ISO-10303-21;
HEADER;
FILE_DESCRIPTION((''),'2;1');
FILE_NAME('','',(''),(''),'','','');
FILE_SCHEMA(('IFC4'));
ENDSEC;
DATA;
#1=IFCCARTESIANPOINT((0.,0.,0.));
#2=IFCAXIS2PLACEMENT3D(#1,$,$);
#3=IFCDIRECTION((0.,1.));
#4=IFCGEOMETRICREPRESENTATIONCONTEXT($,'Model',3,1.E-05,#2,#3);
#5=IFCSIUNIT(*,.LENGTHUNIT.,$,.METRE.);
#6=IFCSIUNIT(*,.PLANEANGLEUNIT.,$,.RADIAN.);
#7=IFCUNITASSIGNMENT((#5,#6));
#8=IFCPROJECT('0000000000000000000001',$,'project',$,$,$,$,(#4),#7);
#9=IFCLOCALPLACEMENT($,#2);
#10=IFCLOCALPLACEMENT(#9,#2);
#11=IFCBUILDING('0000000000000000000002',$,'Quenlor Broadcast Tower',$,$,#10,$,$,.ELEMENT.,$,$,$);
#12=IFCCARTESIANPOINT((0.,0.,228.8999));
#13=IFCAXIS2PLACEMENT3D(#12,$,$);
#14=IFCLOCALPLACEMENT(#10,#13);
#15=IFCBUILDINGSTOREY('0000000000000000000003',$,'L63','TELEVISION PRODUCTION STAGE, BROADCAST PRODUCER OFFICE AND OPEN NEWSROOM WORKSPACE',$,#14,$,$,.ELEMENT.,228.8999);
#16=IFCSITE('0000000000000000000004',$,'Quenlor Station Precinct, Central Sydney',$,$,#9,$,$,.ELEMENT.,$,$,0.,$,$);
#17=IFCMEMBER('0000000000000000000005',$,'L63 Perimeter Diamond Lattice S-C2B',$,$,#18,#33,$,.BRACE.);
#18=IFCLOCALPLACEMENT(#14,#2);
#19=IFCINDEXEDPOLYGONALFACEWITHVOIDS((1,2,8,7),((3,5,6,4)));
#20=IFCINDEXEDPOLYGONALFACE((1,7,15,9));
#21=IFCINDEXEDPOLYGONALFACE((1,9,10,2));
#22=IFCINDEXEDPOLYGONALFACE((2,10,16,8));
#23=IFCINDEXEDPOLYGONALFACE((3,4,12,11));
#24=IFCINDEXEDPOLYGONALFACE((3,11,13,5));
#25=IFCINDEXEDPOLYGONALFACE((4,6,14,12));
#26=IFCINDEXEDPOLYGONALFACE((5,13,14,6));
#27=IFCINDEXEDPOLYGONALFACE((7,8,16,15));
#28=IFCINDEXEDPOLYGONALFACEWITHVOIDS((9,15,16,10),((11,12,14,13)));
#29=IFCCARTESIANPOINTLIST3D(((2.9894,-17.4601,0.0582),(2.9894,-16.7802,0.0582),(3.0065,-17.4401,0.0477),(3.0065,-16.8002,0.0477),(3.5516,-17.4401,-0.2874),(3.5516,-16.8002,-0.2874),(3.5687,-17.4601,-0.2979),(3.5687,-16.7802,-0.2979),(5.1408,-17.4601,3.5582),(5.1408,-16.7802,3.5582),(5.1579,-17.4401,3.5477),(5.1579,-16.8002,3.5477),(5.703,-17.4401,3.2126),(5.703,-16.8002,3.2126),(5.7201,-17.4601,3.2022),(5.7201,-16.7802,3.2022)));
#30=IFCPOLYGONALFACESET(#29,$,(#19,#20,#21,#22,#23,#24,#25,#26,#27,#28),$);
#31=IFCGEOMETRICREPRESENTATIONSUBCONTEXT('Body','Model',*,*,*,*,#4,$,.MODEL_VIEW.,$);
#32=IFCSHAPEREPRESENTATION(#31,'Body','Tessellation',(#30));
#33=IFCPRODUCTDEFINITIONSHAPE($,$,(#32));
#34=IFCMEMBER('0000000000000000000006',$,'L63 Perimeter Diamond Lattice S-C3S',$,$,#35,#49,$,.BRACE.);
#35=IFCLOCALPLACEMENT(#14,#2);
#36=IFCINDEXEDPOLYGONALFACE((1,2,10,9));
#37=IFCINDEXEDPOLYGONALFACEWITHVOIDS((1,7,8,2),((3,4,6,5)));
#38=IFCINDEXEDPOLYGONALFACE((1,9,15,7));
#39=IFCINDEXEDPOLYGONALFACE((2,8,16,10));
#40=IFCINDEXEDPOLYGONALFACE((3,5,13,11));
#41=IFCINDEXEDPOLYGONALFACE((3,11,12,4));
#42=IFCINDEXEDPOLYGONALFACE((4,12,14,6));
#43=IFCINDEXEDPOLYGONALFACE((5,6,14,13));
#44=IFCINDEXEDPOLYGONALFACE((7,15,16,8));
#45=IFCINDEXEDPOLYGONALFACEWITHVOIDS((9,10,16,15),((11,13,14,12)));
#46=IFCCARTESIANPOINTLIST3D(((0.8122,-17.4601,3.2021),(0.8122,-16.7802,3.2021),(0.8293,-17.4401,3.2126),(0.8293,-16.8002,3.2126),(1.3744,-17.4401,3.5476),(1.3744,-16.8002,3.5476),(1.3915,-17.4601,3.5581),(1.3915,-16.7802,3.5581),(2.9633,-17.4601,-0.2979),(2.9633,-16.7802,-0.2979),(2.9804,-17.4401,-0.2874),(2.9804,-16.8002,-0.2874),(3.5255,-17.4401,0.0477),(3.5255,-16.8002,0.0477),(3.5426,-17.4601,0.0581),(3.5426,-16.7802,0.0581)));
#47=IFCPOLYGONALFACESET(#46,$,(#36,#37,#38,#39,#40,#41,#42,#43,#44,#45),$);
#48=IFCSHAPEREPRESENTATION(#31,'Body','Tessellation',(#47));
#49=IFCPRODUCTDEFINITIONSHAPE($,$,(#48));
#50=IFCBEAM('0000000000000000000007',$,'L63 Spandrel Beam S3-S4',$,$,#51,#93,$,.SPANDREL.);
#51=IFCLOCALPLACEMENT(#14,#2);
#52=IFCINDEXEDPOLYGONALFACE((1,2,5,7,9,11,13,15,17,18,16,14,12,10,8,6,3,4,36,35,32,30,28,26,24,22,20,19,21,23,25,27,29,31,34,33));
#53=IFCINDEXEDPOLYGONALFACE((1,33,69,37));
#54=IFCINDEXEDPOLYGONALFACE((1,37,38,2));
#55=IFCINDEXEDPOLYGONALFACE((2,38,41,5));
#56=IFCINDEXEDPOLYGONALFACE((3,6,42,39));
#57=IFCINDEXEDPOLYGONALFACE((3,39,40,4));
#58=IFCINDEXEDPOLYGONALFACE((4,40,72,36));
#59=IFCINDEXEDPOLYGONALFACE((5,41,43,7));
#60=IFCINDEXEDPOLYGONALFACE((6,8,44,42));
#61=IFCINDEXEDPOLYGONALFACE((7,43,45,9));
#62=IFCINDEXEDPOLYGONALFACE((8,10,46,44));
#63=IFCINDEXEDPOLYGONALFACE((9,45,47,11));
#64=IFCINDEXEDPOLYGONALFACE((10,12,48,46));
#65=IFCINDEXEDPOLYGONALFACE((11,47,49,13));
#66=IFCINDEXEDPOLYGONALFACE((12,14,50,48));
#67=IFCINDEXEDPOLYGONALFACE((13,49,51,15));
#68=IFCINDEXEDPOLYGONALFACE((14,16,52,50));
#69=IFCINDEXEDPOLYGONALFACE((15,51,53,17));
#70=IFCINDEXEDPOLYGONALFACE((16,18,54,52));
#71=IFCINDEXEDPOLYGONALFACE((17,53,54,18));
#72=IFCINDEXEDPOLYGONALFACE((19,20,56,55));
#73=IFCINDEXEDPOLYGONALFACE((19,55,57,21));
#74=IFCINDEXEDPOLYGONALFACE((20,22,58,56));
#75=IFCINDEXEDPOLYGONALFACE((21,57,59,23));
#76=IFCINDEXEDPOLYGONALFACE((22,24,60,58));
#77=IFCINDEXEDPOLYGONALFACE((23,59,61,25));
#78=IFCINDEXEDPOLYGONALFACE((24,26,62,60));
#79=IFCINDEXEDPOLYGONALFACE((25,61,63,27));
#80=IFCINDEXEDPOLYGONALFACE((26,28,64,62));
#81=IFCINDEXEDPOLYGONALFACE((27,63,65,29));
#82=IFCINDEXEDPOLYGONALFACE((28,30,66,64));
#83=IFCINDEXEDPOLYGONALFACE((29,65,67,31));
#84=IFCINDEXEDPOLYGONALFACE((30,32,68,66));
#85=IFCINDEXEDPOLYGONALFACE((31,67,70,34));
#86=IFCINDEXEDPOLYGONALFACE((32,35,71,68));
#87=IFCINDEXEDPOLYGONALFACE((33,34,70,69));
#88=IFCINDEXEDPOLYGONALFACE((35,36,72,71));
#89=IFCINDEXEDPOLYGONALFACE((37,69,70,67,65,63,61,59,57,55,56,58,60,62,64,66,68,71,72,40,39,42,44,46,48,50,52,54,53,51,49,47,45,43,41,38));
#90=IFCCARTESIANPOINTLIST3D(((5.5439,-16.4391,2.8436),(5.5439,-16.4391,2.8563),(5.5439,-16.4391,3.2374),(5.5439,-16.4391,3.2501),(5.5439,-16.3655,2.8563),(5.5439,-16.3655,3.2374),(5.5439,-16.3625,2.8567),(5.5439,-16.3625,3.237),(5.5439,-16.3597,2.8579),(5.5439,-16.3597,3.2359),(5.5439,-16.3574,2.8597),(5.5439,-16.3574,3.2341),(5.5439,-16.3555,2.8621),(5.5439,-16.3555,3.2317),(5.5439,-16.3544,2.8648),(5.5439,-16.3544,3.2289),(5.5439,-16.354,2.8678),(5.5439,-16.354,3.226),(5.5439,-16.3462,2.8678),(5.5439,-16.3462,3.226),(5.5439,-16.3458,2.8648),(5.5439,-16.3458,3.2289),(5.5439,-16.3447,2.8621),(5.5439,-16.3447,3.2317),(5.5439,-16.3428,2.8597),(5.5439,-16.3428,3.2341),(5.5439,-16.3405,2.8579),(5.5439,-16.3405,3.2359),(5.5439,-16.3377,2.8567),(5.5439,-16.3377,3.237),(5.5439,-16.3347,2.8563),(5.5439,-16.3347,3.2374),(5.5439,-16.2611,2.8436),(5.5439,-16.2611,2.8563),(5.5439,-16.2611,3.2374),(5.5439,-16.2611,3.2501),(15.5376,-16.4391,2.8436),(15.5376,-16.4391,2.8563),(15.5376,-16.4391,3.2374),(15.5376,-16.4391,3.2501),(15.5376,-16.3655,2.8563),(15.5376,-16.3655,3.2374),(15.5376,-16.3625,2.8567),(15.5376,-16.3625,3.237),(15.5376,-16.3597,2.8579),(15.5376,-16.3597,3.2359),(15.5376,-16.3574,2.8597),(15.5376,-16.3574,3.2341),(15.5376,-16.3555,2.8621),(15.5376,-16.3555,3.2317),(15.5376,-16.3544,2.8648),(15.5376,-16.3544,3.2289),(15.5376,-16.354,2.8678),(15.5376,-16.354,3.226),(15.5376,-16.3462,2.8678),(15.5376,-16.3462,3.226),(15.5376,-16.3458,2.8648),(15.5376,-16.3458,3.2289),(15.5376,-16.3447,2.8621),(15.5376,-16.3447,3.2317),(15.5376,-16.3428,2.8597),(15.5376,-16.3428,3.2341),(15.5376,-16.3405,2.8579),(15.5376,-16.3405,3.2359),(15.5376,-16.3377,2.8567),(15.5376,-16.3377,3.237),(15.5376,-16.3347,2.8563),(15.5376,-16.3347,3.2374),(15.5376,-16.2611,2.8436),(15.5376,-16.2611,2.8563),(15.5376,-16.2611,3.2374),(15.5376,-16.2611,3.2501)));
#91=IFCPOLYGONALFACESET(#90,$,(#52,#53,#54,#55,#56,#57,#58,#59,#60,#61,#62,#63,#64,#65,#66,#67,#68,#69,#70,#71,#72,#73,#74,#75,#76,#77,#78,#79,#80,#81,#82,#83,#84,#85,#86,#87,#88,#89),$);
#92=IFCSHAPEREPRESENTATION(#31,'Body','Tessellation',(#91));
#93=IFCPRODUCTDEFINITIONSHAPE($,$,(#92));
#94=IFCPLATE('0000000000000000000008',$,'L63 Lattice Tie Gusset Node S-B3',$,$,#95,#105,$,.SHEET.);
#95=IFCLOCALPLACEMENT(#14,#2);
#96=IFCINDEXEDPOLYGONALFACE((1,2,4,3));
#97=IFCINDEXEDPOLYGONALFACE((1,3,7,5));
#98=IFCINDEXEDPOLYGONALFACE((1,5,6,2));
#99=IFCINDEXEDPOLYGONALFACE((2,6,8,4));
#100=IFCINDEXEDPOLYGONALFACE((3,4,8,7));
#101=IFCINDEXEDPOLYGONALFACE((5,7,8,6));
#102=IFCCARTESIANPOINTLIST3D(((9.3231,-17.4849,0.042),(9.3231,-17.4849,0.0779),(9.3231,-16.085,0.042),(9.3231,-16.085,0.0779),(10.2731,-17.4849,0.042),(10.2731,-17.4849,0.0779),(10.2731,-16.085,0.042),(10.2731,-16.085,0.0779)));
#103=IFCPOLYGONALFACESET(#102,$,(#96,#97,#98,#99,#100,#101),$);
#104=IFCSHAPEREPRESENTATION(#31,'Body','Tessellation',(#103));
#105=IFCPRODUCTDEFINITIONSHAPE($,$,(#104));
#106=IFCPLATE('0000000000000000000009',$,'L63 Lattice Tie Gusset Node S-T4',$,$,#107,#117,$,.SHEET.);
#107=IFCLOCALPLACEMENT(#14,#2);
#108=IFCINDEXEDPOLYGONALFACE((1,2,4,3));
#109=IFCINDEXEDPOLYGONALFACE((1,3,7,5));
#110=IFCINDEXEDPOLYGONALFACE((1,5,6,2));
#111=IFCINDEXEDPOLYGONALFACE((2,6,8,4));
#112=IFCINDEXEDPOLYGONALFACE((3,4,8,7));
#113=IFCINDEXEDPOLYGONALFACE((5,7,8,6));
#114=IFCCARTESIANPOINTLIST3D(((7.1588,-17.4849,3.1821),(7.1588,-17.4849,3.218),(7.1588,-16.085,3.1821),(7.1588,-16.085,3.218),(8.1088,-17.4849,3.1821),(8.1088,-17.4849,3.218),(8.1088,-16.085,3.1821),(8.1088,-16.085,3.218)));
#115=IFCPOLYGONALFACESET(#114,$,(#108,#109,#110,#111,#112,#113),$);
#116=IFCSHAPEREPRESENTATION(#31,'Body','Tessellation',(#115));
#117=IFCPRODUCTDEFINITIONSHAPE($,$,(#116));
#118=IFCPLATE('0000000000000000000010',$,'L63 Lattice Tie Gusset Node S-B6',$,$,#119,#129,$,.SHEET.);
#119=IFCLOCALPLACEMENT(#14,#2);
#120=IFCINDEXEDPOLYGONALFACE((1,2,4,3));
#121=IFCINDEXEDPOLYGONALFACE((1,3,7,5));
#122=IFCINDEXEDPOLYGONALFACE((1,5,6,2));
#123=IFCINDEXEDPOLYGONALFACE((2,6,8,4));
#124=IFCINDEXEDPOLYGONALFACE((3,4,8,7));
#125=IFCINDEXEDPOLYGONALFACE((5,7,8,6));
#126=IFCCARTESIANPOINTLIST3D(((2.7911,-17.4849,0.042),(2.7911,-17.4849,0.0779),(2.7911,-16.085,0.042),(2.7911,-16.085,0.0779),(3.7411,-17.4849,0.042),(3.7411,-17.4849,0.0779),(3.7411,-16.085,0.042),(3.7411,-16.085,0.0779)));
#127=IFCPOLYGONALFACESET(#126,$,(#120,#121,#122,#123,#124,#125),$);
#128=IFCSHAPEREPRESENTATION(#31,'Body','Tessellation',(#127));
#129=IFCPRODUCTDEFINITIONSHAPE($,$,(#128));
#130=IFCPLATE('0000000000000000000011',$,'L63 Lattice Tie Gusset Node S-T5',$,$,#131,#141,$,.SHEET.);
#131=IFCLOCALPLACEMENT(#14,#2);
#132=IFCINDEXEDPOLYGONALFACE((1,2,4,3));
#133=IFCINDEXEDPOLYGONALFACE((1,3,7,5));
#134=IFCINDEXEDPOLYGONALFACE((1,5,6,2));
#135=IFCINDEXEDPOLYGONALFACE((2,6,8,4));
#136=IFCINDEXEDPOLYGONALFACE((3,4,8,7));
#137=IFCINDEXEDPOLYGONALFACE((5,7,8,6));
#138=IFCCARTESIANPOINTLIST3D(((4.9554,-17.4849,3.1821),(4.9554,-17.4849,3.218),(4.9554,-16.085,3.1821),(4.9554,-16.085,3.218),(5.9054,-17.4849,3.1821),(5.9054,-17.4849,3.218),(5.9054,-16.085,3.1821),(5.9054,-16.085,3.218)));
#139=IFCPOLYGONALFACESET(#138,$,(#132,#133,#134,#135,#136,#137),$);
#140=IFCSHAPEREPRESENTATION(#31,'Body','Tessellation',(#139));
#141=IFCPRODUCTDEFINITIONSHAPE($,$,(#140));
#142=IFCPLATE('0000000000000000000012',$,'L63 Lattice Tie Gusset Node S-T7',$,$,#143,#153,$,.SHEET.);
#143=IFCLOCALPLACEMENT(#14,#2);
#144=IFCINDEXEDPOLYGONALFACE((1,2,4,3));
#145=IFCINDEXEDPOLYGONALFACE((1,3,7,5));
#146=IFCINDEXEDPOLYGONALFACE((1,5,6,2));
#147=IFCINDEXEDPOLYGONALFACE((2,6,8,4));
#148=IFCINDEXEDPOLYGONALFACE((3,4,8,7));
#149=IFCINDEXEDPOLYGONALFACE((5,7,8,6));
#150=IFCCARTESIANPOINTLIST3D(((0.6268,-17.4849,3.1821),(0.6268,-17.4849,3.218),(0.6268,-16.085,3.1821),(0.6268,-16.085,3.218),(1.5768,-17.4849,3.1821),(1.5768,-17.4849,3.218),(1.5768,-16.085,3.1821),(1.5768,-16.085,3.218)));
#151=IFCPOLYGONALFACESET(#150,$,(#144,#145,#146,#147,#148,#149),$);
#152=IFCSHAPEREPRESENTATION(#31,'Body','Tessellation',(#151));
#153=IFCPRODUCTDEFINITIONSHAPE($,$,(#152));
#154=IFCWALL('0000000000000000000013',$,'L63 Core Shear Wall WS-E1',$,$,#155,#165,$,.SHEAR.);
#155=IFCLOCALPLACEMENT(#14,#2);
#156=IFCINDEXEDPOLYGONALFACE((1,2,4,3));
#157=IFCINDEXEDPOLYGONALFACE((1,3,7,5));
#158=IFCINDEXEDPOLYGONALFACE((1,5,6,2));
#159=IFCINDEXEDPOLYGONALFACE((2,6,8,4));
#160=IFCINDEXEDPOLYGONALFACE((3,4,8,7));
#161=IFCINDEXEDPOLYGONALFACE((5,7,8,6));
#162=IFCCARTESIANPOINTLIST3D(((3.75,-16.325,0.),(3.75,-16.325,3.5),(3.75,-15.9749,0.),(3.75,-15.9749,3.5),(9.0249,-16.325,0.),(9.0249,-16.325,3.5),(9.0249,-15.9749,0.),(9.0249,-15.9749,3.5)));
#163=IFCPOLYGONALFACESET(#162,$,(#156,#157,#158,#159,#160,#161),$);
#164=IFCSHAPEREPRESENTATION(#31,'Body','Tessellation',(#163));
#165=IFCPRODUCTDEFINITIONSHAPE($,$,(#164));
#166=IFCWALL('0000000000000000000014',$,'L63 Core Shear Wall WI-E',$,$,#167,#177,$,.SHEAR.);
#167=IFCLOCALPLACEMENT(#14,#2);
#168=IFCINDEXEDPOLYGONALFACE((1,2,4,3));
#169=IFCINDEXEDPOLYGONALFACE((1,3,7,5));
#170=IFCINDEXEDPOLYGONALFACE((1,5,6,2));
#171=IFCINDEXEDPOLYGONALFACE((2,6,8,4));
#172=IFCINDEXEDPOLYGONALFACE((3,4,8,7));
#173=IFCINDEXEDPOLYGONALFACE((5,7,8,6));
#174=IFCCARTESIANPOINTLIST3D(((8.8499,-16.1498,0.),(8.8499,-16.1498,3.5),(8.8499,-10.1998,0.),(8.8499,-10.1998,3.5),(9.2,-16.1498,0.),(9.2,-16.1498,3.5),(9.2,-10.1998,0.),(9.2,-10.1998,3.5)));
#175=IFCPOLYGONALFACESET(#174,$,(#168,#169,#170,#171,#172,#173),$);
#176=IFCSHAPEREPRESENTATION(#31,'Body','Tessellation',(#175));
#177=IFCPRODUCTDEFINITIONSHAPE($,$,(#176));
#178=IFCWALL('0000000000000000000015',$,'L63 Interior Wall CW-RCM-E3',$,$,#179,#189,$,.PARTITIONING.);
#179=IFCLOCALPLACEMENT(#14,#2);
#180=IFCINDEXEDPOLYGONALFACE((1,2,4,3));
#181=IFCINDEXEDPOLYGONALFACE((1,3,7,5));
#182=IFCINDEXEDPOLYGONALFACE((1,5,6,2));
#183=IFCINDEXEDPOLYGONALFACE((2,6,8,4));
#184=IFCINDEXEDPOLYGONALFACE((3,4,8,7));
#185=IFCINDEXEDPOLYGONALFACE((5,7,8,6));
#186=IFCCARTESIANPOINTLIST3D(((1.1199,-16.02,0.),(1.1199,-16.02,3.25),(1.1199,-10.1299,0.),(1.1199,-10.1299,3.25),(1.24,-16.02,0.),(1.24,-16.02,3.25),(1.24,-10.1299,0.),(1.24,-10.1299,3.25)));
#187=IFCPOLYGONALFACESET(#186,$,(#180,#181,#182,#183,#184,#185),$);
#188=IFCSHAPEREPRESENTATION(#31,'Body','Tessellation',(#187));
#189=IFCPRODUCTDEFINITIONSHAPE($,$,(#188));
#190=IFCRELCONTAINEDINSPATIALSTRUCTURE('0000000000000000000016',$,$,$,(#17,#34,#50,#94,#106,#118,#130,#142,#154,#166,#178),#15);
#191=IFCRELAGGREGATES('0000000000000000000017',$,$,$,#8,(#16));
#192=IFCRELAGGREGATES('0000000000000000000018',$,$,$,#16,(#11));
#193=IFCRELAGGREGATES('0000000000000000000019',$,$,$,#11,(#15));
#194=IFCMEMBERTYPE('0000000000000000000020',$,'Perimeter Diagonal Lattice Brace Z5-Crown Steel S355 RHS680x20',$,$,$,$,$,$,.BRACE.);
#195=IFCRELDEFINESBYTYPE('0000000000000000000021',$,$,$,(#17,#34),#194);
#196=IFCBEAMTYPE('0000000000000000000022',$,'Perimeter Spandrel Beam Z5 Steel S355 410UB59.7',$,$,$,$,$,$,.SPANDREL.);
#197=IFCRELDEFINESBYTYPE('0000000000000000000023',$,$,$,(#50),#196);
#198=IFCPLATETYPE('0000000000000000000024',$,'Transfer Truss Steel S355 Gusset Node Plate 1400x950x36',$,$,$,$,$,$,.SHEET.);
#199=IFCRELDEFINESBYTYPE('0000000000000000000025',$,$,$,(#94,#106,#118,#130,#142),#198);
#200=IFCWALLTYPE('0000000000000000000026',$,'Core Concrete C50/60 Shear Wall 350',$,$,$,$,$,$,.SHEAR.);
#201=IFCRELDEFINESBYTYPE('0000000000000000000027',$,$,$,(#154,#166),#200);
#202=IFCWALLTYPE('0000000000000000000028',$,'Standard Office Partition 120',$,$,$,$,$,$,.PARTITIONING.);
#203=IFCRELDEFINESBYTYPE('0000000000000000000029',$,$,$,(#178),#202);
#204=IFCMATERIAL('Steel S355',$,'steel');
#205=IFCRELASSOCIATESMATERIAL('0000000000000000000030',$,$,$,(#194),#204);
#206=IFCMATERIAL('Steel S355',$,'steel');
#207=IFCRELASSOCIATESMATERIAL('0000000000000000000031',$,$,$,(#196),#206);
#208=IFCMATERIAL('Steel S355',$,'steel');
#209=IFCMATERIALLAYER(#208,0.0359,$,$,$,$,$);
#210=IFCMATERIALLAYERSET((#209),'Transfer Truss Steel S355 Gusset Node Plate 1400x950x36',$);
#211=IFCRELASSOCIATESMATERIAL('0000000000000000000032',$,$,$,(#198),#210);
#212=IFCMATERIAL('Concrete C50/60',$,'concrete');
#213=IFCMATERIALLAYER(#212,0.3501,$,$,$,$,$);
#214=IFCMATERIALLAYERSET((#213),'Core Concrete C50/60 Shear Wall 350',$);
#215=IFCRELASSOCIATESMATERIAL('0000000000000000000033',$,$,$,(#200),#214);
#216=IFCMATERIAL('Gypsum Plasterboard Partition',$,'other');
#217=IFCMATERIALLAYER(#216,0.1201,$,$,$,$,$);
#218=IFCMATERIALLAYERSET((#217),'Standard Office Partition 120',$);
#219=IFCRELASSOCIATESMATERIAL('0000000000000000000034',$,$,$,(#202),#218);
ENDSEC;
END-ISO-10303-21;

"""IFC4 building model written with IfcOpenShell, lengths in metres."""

from ifc_helpers import new_model, si_unit, direction, frame, frame_2d, origin, origin_2d, place, context, subcontext, project, spatial, rectangle, hollow_rectangle, i_section, extrude, material, layer, layer_set, material_profile, profile_set, type_object, element, save


model = new_model("IFC4")

# Units and contexts
model_context = context("Model", 3, precision=1e-05, world=origin(), true_north=direction((0.0, 1.0)))
body_context = subcontext(model_context, "Body", "Model", "MODEL_VIEW")
ifc_project = project(units=[si_unit("LENGTHUNIT", "METRE"), si_unit("PLANEANGLEUNIT", "RADIAN")], contexts=[model_context])

# Site, building, storey
site_placement = place(None, origin())
site = spatial("IfcSite", under=ifc_project, at=site_placement, Name="Quenlor Station Precinct, Central Sydney", CompositionType="ELEMENT", RefElevation=0.0)
building_placement = place(site_placement, origin())
building = spatial("IfcBuilding", under=site, at=building_placement, Name="Quenlor Broadcast Tower", CompositionType="ELEMENT")
storey_placement = place(building_placement, frame((0.0, 0.0, 228.8999)))
storey = spatial("IfcBuildingStorey", under=building, at=storey_placement, Name="L63", Description="TELEVISION PRODUCTION STAGE, BROADCAST PRODUCER OFFICE AND OPEN NEWSROOM WORKSPACE", CompositionType="ELEMENT", Elevation=228.8999)

# Members
ifc_material_1 = material(Name="Steel S355", Category="steel")
ifc_material_profile_1 = material_profile(ifc_material_1, hollow_rectangle(XDim=0.6799, YDim=0.6799, WallThickness=0.02, at=origin_2d()))
ifc_profile_set_1 = profile_set([ifc_material_profile_1], Name="Steel S355 RHS680x680x20")
member_type_1 = type_object("IfcMemberType", Name="Perimeter Diagonal Lattice Brace Z5-Crown Steel S355 RHS680x20", PredefinedType="BRACE", material=ifc_profile_set_1)
member_1_placement = place(storey_placement, frame((3.2791, -17.1201, -0.1199), z_axis=(0.52366, 0.0, 0.851928), x_axis=(0.0, 1.0, 0.0)))
element("IfcMember", 1, at=member_1_placement, inside=storey, type_object=member_type_1, Name="L63 Perimeter Diamond Lattice S-C2B", PredefinedType="BRACE", context=body_context, shape_type="SweptSolid", body=[
    extrude(hollow_rectangle(XDim=0.6799, YDim=0.6799, WallThickness=0.02, at=origin_2d()), origin(), (0.0, 0.0, 1.0), 4.1084),
])
member_2_placement = place(storey_placement, frame((3.2529, -17.1201, -0.1199), z_axis=(-0.523617, 0.0, 0.851954), x_axis=(0.0, -1.0, 0.0)))
element("IfcMember", 2, at=member_2_placement, inside=storey, type_object=member_type_1, Name="L63 Perimeter Diamond Lattice S-C3S", PredefinedType="BRACE", context=body_context, shape_type="SweptSolid", body=[
    extrude(hollow_rectangle(XDim=0.6799, YDim=0.6799, WallThickness=0.02, at=origin_2d()), origin(), (0.0, 0.0, 1.0), 4.1082),
])

# Beam
ifc_material_2 = material(Name="Steel S355", Category="steel")
ifc_material_profile_2 = material_profile(ifc_material_2, i_section(OverallWidth=0.178, OverallDepth=0.4065, WebThickness=0.0078, FlangeThickness=0.0127, FilletRadius=0.0115, at=origin_2d()))
ifc_profile_set_2 = profile_set([ifc_material_profile_2], Name="Steel S355 410UB59.7")
beam_type_1 = type_object("IfcBeamType", Name="Perimeter Spandrel Beam Z5 Steel S355 410UB59.7", PredefinedType="SPANDREL", material=ifc_profile_set_2)
beam_1_placement = place(storey_placement, frame((5.5439, -16.3501, 3.0469), z_axis=(1.0, 0.0, 0.0), x_axis=(0.0, 1.0, 0.0)))
element("IfcBeam", 3, at=beam_1_placement, inside=storey, type_object=beam_type_1, Name="L63 Spandrel Beam S3-S4", PredefinedType="SPANDREL", context=body_context, shape_type="SweptSolid", body=[
    extrude(i_section(OverallWidth=0.178, OverallDepth=0.4065, WebThickness=0.0078, FlangeThickness=0.0127, FilletRadius=0.0115, at=origin_2d()), origin(), (0.0, 0.0, 1.0), 9.9937),
])

# Plates
ifc_material_3 = material(Name="Steel S355", Category="steel")
ifc_layer_1 = layer(ifc_material_3, 0.0359)
ifc_layer_set_1 = layer_set([ifc_layer_1], Name="Transfer Truss Steel S355 Gusset Node Plate 1400x950x36")
plate_type = type_object("IfcPlateType", Name="Transfer Truss Steel S355 Gusset Node Plate 1400x950x36", PredefinedType="SHEET", material=ifc_layer_set_1)
for number, where, z_axis, x_axis, name in (
    (4, (9.7981, -16.7849, 0.042), (0.0, 0.0, 1.0), (0.0, -1.0, 0.0), "L63 Lattice Tie Gusset Node S-B3"),
    (5, (7.6338, -16.7849, 3.1821), (0.0, 0.0, 1.0), (0.0, -1.0, 0.0), "L63 Lattice Tie Gusset Node S-T4"),
    (6, (3.2661, -16.7849, 0.042), (0.0, 0.0, 1.0), (0.0, -1.0, 0.0), "L63 Lattice Tie Gusset Node S-B6"),
    (7, (5.4304, -16.7849, 3.1821), (0.0, 0.0, 1.0), (0.0, -1.0, 0.0), "L63 Lattice Tie Gusset Node S-T5"),
    (8, (1.1018, -16.7849, 3.1821), (0.0, 0.0, 1.0), (0.0, -1.0, 0.0), "L63 Lattice Tie Gusset Node S-T7"),
):
    element("IfcPlate", number, at=place(storey_placement, frame(where, z_axis=z_axis, x_axis=x_axis)), inside=storey, type_object=plate_type, Name=name, PredefinedType="SHEET", context=body_context, shape_type="SweptSolid", body=[
        extrude(rectangle(XDim=1.3999, YDim=0.95, at=origin_2d()), origin(), (0.0, 0.0, 1.0), 0.0359),
    ])

# Walls
ifc_material_4 = material(Name="Concrete C50/60", Category="concrete")
ifc_layer_2 = layer(ifc_material_4, 0.3501)
ifc_layer_set_2 = layer_set([ifc_layer_2], Name="Core Concrete C50/60 Shear Wall 350")
wall_type_1 = type_object("IfcWallType", Name="Core Concrete C50/60 Shear Wall 350", PredefinedType="SHEAR", material=ifc_layer_set_2)
wall_1_placement = place(storey_placement, frame((3.75, -16.1499, 0.0), z_axis=(0.0, 0.0, 1.0), x_axis=(1.0, 0.0, 0.0)))
element("IfcWall", 9, at=wall_1_placement, inside=storey, type_object=wall_type_1, Name="L63 Core Shear Wall WS-E1", PredefinedType="SHEAR", context=body_context, shape_type="SweptSolid", body=[
    extrude(rectangle(XDim=5.2749, YDim=0.3501, at=frame_2d((2.6375, 0.0))), origin(), (0.0, 0.0, 1.0), 3.5),
])
wall_2_placement = place(storey_placement, frame((9.0249, -16.1499, 0.0), z_axis=(0.0, 0.0, 1.0), x_axis=(0.0, 1.0, 0.0)))
element("IfcWall", 10, at=wall_2_placement, inside=storey, type_object=wall_type_1, Name="L63 Core Shear Wall WI-E", PredefinedType="SHEAR", context=body_context, shape_type="SweptSolid", body=[
    extrude(rectangle(XDim=5.95, YDim=0.3501, at=frame_2d((2.9751, 0.0))), origin(), (0.0, 0.0, 1.0), 3.5),
])
ifc_material_5 = material(Name="Gypsum Plasterboard Partition", Category="other")
ifc_layer_3 = layer(ifc_material_5, 0.1201)
ifc_layer_set_3 = layer_set([ifc_layer_3], Name="Standard Office Partition 120")
wall_type_2 = type_object("IfcWallType", Name="Standard Office Partition 120", PredefinedType="PARTITIONING", material=ifc_layer_set_3)
wall_3_placement = place(storey_placement, frame((1.1799, -16.02, 0.0), z_axis=(0.0, 0.0, 1.0), x_axis=(0.0, 1.0, 0.0)))
element("IfcWall", 11, at=wall_3_placement, inside=storey, type_object=wall_type_2, Name="L63 Interior Wall CW-RCM-E3", PredefinedType="PARTITIONING", context=body_context, shape_type="SweptSolid", body=[
    extrude(rectangle(XDim=5.8901, YDim=0.1201, at=frame_2d((2.9451, 0.0))), origin(), (0.0, 0.0, 1.0), 3.25),
])

save(model, "model.ifc")
